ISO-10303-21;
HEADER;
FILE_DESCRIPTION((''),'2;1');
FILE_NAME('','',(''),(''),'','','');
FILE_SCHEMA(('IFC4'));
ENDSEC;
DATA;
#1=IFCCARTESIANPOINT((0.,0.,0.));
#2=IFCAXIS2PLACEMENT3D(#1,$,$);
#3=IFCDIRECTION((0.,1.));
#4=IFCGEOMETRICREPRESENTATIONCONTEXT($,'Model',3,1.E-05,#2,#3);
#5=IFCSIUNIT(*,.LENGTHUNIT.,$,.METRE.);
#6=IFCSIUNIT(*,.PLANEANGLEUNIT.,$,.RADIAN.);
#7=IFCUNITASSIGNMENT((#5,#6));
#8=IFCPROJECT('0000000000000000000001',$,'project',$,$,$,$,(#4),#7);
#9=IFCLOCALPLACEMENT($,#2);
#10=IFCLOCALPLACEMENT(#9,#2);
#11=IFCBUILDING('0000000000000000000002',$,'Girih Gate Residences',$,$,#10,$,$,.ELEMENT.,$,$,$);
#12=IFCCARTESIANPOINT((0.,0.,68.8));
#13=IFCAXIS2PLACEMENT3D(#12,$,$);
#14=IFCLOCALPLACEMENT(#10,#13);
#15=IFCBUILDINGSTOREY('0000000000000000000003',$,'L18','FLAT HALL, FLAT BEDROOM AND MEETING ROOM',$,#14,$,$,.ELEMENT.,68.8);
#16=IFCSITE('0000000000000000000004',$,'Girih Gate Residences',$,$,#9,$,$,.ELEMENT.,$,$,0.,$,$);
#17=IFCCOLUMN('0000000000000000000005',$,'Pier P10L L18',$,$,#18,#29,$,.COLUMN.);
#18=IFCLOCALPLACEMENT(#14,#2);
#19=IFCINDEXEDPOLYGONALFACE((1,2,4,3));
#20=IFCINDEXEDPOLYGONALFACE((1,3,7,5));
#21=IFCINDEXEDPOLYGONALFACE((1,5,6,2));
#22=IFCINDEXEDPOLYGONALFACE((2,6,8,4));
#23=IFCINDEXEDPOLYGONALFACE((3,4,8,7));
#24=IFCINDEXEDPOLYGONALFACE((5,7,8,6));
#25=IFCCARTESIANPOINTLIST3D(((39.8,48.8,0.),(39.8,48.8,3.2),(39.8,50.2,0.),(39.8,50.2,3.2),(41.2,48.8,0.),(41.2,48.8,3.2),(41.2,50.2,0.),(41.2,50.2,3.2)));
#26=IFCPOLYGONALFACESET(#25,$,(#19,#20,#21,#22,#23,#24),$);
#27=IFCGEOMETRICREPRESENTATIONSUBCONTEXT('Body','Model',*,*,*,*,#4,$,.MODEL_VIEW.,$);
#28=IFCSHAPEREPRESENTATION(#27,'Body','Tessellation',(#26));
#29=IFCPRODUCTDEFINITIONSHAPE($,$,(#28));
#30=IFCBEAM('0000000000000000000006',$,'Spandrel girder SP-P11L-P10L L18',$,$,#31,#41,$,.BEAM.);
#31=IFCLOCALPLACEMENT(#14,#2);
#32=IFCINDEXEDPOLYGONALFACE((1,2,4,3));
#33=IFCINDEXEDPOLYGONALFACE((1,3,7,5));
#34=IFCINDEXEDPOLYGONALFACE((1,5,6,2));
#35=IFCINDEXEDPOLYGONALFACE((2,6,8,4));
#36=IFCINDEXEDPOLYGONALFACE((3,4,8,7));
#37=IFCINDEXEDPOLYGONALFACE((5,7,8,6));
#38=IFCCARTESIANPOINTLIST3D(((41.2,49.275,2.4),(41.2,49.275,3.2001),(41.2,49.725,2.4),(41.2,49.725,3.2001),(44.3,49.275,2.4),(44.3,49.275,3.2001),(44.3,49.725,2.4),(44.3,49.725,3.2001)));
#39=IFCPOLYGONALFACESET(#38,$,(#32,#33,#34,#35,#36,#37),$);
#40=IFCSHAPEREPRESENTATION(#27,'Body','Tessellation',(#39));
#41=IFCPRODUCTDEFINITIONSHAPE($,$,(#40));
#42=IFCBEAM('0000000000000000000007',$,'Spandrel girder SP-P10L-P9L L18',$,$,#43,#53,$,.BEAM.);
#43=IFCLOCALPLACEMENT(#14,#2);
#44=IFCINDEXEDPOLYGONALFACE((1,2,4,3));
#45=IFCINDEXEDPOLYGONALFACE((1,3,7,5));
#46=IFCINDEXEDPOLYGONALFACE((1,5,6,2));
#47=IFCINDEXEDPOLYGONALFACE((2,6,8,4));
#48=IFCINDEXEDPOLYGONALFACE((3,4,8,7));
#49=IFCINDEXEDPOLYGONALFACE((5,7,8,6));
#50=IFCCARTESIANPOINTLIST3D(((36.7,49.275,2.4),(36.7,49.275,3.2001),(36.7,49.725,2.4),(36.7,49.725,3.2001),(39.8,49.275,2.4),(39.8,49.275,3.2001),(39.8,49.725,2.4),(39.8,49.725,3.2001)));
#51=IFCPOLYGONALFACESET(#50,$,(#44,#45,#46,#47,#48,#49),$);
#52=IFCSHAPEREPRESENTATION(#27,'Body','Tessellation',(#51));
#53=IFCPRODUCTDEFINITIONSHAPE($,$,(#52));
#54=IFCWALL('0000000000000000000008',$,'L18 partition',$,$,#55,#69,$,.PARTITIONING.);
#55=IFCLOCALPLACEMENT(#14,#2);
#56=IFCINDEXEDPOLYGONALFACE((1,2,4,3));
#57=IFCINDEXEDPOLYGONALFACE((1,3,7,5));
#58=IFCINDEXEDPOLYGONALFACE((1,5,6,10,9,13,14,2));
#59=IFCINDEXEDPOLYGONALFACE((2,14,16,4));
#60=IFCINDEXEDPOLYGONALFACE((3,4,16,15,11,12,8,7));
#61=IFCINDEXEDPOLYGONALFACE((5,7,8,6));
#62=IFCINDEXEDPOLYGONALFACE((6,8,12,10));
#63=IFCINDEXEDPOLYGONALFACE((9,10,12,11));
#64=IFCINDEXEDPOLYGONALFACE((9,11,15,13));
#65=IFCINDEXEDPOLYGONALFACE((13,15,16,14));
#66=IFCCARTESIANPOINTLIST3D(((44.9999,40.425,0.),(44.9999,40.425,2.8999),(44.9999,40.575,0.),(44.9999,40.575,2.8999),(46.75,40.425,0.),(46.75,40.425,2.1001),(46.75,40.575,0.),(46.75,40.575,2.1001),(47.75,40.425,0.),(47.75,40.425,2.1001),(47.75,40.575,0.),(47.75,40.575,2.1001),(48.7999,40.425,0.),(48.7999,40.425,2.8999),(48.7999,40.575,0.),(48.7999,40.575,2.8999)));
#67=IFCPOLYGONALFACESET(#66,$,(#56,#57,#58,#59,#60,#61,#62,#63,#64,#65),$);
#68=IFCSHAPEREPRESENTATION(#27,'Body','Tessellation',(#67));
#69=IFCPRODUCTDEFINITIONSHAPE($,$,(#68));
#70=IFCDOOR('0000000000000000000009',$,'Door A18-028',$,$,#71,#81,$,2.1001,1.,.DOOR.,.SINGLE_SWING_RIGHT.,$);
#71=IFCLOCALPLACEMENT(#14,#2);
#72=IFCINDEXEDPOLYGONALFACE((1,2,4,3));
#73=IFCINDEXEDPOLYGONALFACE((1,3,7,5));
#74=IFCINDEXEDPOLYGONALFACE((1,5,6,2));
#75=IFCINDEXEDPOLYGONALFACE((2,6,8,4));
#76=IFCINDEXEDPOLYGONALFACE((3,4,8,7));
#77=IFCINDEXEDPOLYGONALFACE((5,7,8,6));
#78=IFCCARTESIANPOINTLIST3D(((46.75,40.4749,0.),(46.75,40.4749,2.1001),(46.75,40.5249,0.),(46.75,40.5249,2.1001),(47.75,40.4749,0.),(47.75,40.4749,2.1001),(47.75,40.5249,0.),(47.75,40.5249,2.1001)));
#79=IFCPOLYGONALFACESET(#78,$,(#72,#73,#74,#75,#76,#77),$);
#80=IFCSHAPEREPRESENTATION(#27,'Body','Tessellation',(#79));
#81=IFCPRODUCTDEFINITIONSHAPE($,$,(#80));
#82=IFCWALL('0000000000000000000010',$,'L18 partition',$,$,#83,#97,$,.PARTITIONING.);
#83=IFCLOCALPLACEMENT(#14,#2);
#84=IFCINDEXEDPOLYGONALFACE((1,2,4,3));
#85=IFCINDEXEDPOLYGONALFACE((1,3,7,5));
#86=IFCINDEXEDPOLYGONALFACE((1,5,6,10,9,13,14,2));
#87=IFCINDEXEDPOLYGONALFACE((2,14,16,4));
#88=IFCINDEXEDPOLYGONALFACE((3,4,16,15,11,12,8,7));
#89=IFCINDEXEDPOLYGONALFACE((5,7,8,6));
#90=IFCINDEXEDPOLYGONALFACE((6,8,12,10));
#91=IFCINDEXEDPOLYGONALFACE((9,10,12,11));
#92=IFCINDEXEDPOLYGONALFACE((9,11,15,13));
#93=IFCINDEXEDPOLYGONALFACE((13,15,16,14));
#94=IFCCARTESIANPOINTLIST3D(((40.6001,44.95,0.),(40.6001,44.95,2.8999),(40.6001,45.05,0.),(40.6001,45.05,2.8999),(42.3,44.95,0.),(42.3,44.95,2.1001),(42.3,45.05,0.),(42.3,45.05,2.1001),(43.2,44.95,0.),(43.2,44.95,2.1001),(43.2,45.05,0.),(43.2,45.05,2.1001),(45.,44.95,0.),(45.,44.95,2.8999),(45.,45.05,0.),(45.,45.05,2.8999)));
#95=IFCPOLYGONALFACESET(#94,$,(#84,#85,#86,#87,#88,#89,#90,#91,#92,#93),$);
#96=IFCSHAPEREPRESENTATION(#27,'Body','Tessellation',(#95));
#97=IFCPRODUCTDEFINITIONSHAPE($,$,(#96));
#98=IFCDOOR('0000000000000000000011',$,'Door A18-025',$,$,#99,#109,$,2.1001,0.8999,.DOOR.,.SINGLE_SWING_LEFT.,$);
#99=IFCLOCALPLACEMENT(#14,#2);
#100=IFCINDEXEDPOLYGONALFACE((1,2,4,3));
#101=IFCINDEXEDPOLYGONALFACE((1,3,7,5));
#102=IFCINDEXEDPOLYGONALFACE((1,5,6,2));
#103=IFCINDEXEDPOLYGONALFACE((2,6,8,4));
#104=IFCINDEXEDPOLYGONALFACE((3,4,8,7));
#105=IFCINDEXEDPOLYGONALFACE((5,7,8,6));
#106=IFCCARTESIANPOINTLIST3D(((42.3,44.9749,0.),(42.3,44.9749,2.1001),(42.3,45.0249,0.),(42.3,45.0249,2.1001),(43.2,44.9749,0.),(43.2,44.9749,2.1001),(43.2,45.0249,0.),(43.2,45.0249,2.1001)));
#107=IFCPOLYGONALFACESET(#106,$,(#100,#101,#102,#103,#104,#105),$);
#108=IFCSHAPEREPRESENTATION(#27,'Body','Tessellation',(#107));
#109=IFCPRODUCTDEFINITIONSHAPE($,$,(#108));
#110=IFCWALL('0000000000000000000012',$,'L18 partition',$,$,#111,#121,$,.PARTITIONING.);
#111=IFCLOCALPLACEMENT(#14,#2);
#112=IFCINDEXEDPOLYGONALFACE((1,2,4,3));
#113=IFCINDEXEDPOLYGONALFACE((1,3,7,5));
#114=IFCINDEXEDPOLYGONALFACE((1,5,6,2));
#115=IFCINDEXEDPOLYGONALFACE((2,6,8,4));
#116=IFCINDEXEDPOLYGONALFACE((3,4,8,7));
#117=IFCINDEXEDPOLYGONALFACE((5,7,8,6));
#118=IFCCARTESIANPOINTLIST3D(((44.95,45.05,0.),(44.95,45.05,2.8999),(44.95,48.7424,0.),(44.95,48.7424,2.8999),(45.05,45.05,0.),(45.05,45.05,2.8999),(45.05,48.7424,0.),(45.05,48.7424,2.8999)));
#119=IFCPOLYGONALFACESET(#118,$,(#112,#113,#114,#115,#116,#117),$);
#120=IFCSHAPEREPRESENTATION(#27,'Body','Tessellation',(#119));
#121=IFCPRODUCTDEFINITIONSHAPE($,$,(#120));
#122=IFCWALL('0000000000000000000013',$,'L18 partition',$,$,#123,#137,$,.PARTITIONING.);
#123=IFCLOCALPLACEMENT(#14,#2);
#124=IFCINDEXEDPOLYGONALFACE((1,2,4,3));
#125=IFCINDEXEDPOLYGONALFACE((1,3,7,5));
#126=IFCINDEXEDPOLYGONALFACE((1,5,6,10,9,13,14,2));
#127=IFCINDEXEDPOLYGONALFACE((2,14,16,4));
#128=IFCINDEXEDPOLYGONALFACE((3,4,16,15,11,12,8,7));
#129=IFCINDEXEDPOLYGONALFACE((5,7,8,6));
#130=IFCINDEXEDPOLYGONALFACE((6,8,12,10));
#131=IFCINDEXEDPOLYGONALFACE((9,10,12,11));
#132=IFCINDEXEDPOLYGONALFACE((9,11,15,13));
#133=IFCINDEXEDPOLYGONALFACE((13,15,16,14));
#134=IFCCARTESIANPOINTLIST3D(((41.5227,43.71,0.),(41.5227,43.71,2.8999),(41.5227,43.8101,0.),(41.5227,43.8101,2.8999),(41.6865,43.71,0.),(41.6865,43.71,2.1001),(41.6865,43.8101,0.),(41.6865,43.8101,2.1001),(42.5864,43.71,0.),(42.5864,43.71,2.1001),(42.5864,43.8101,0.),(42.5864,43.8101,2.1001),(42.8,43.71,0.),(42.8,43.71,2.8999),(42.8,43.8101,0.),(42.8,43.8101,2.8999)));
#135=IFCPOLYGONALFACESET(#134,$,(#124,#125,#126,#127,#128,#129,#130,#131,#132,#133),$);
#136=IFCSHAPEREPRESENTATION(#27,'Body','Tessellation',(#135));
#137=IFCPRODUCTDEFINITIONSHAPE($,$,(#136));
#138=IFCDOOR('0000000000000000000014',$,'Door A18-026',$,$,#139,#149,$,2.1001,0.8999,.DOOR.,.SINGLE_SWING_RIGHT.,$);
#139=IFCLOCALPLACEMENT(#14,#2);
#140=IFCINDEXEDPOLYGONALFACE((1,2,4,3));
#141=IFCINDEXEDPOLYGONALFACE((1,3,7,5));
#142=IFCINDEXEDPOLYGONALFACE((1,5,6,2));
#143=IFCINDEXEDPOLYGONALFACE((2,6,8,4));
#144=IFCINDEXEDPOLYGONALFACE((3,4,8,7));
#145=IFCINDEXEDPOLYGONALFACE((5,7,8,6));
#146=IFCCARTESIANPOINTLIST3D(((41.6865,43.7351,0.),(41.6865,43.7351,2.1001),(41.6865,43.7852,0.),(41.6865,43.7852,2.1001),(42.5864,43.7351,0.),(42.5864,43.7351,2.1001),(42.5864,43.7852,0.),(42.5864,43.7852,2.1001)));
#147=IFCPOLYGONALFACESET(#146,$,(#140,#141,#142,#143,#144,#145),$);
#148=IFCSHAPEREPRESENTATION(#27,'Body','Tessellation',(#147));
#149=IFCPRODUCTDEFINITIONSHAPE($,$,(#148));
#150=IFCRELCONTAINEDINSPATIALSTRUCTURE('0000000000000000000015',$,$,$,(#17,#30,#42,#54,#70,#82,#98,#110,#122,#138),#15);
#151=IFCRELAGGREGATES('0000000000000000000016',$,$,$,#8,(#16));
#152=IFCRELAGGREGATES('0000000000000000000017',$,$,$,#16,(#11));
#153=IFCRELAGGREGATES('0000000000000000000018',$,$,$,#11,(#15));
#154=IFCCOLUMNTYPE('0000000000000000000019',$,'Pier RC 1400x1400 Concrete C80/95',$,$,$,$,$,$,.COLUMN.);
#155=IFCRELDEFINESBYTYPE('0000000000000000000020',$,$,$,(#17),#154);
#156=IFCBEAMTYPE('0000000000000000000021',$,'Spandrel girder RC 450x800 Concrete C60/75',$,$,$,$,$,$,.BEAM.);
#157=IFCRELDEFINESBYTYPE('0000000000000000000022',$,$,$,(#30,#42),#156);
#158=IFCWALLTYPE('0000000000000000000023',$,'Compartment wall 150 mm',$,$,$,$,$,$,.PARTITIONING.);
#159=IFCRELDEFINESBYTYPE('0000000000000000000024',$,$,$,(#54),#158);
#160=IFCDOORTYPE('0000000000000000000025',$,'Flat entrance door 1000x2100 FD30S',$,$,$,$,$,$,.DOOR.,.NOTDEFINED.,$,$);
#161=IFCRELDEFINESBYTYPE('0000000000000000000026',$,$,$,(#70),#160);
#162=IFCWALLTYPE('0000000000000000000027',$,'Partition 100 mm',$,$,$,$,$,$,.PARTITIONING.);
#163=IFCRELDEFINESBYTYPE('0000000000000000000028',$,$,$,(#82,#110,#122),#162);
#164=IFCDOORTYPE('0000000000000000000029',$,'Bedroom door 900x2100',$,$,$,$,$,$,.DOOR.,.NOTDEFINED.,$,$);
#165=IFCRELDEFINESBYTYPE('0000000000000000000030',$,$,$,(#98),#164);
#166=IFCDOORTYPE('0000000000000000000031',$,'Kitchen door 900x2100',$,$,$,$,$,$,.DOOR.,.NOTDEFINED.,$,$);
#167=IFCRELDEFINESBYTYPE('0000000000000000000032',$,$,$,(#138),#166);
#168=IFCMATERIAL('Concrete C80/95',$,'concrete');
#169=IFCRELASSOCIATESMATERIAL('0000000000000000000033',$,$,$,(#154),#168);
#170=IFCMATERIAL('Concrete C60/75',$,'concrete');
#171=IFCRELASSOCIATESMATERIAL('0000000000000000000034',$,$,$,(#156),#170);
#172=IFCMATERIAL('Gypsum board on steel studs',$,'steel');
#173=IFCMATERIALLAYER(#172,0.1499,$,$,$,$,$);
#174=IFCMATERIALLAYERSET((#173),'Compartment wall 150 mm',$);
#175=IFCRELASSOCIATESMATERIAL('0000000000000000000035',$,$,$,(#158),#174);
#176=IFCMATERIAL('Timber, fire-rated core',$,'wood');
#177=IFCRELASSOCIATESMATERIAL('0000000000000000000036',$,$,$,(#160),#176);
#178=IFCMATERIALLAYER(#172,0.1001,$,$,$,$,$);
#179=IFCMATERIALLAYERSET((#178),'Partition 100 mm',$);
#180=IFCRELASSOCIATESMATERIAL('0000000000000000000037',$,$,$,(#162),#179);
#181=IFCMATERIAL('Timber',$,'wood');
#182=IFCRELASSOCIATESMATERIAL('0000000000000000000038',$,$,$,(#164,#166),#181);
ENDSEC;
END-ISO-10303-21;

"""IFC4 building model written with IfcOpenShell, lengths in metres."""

from ifc_helpers import new_model, si_unit, direction, frame, frame_2d, origin, origin_2d, place, context, subcontext, project, spatial, rectangle, extrude, material, layer, layer_set, material_profile, profile_set, type_object, element, fill, save


model = new_model("IFC4")

# Units and contexts
model_context = context("Model", 3, precision=1e-05, world=origin(), true_north=direction((0.0, 1.0)))
body_context = subcontext(model_context, "Body", "Model", "MODEL_VIEW")
ifc_project = project(units=[si_unit("LENGTHUNIT", "METRE"), si_unit("PLANEANGLEUNIT", "RADIAN")], contexts=[model_context])

# Site, building, storey
site_placement = place(None, origin())
site = spatial("IfcSite", under=ifc_project, at=site_placement, Name="Girih Gate Residences", CompositionType="ELEMENT", RefElevation=0.0)
building_placement = place(site_placement, origin())
building = spatial("IfcBuilding", under=site, at=building_placement, Name="Girih Gate Residences", CompositionType="ELEMENT")
storey_placement = place(building_placement, frame((0.0, 0.0, 68.8)))
storey = spatial("IfcBuildingStorey", under=building, at=storey_placement, Name="L18", Description="FLAT HALL, FLAT BEDROOM AND MEETING ROOM", CompositionType="ELEMENT", Elevation=68.8)

# Column
ifc_material_1 = material(Name="Concrete C80/95", Category="concrete")
ifc_material_profile_1 = material_profile(ifc_material_1, rectangle(XDim=1.3999, YDim=1.3999, at=origin_2d()))
ifc_profile_set_1 = profile_set([ifc_material_profile_1], Name="Concrete C80/95")
column_type = type_object("IfcColumnType", Name="Pier RC 1400x1400 Concrete C80/95", PredefinedType="COLUMN", material=ifc_profile_set_1)
column_placement = place(storey_placement, frame((40.5, 49.5, 0.0), z_axis=(0.0, 0.0, 1.0), x_axis=(1.0, 0.0, 0.0)))
element("IfcColumn", 1, at=column_placement, inside=storey, type_object=column_type, Name="Pier P10L L18", PredefinedType="COLUMN", context=body_context, shape_type="SweptSolid", body=[
    extrude(rectangle(XDim=1.3999, YDim=1.3999, at=origin_2d()), origin(), (0.0, 0.0, 1.0), 3.2),
])

# Beams
ifc_material_2 = material(Name="Concrete C60/75", Category="concrete")
ifc_material_profile_2 = material_profile(ifc_material_2, rectangle(XDim=0.45, YDim=0.8, at=origin_2d()))
ifc_profile_set_2 = profile_set([ifc_material_profile_2], Name="Concrete C60/75")
beam_type = type_object("IfcBeamType", Name="Spandrel girder RC 450x800 Concrete C60/75", PredefinedType="BEAM", material=ifc_profile_set_2)
for number, where, z_axis, x_axis, name in (
    (2, (44.3, 49.5, 2.8), (-1.0, 0.0, 0.0), (0.0, -1.0, 0.0), "Spandrel girder SP-P11L-P10L L18"),
    (3, (39.8, 49.5, 2.8), (-1.0, 0.0, 0.0), (0.0, -1.0, 0.0), "Spandrel girder SP-P10L-P9L L18"),
):
    element("IfcBeam", number, at=place(storey_placement, frame(where, z_axis=z_axis, x_axis=x_axis)), inside=storey, type_object=beam_type, Name=name, PredefinedType="BEAM", context=body_context, shape_type="SweptSolid", body=[
        extrude(rectangle(XDim=0.45, YDim=0.8, at=origin_2d()), origin(), (0.0, 0.0, 1.0), 3.1001),
    ])

# Walls, openings, doors
ifc_material_3 = material(Name="Gypsum board on steel studs", Category="steel")
ifc_layer_1 = layer(ifc_material_3, 0.1499)
ifc_layer_set_1 = layer_set([ifc_layer_1], Name="Compartment wall 150 mm")
wall_type_1 = type_object("IfcWallType", Name="Compartment wall 150 mm", PredefinedType="PARTITIONING", material=ifc_layer_set_1)
wall_1_placement = place(storey_placement, frame((45.0, 40.5, 0.0), z_axis=(0.0, 0.0, 1.0), x_axis=(1.0, 0.0, 0.0)))
wall_1 = element("IfcWall", 4, at=wall_1_placement, inside=storey, type_object=wall_type_1, Name="L18 partition", PredefinedType="PARTITIONING", context=body_context, shape_type="SweptSolid", body=[
    extrude(rectangle(XDim=3.8, YDim=0.1499, at=frame_2d((1.8999, 0.0))), origin(), (0.0, 0.0, 1.0), 2.8999),
])
opening_1_placement = place(wall_1_placement, frame((1.75, 0.0, 0.0)))
opening_1 = element("IfcOpeningElement", 5, at=opening_1_placement, cuts=wall_1, PredefinedType="OPENING", context=body_context, shape_type="SweptSolid", body=[
    extrude(rectangle(XDim=1.0, YDim=2.1001, at=frame_2d((0.5, 1.05))), frame((0.0, 0.085, 0.0), z_axis=(0.0, -1.0, 0.0), x_axis=(1.0, 0.0, 0.0)), (0.0, 0.0, 1.0), 0.1699),
])
ifc_material_4 = material(Name="Timber, fire-rated core", Category="wood")
door_type_1 = type_object("IfcDoorType", Name="Flat entrance door 1000x2100 FD30S", OperationType="NOTDEFINED", PredefinedType="DOOR", material=ifc_material_4)
door_1_placement = place(opening_1_placement, origin())
door_1 = element("IfcDoor", 6, at=door_1_placement, inside=storey, type_object=door_type_1, Name="Door A18-028", OperationType="SINGLE_SWING_RIGHT", OverallHeight=2.1001, OverallWidth=1.0, PredefinedType="DOOR", context=body_context, shape_type="SweptSolid", body=[
    extrude(rectangle(XDim=1.0, YDim=2.1001, at=frame_2d((0.5, 1.05))), frame((0.0, 0.0249, 0.0), z_axis=(0.0, -1.0, 0.0), x_axis=(1.0, 0.0, 0.0)), (0.0, 0.0, 1.0), 0.05),
])
fill(opening_1, door_1)
ifc_layer_2 = layer(ifc_material_3, 0.1001)
ifc_layer_set_2 = layer_set([ifc_layer_2], Name="Partition 100 mm")
wall_type_2 = type_object("IfcWallType", Name="Partition 100 mm", PredefinedType="PARTITIONING", material=ifc_layer_set_2)
wall_2_placement = place(storey_placement, frame((40.6001, 45.0, 0.0), z_axis=(0.0, 0.0, 1.0), x_axis=(1.0, 0.0, 0.0)))
wall_2 = element("IfcWall", 7, at=wall_2_placement, inside=storey, type_object=wall_type_2, Name="L18 partition", PredefinedType="PARTITIONING", context=body_context, shape_type="SweptSolid", body=[
    extrude(rectangle(XDim=4.3999, YDim=0.1001, at=frame_2d((2.2, 0.0))), origin(), (0.0, 0.0, 1.0), 2.8999),
])
opening_2_placement = place(wall_2_placement, frame((1.7, 0.0, 0.0)))
opening_2 = element("IfcOpeningElement", 8, at=opening_2_placement, cuts=wall_2, PredefinedType="OPENING", context=body_context, shape_type="SweptSolid", body=[
    extrude(rectangle(XDim=0.8999, YDim=2.1001, at=frame_2d((0.45, 1.05))), frame((0.0, 0.0601, 0.0), z_axis=(0.0, -1.0, 0.0), x_axis=(1.0, 0.0, 0.0)), (0.0, 0.0, 1.0), 0.1201),
])
ifc_material_5 = material(Name="Timber", Category="wood")
door_type_2 = type_object("IfcDoorType", Name="Bedroom door 900x2100", OperationType="NOTDEFINED", PredefinedType="DOOR", material=ifc_material_5)
door_2_placement = place(opening_2_placement, origin())
door_2 = element("IfcDoor", 9, at=door_2_placement, inside=storey, type_object=door_type_2, Name="Door A18-025", OperationType="SINGLE_SWING_LEFT", OverallHeight=2.1001, OverallWidth=0.8999, PredefinedType="DOOR", context=body_context, shape_type="SweptSolid", body=[
    extrude(rectangle(XDim=0.8999, YDim=2.1001, at=frame_2d((0.45, 1.05))), frame((0.0, 0.0249, 0.0), z_axis=(0.0, -1.0, 0.0), x_axis=(1.0, 0.0, 0.0)), (0.0, 0.0, 1.0), 0.05),
])
fill(opening_2, door_2)

# Wall
wall_3_placement = place(storey_placement, frame((45.0, 45.05, 0.0), z_axis=(0.0, 0.0, 1.0), x_axis=(0.0, 1.0, 0.0)))
element("IfcWall", 10, at=wall_3_placement, inside=storey, type_object=wall_type_2, Name="L18 partition", PredefinedType="PARTITIONING", context=body_context, shape_type="SweptSolid", body=[
    extrude(rectangle(XDim=3.6924, YDim=0.1001, at=frame_2d((1.8462, 0.0))), origin(), (0.0, 0.0, 1.0), 2.8999),
])

# Wall, opening, door
wall_4_placement = place(storey_placement, frame((42.8, 43.76, 0.0), z_axis=(0.0, 0.0, 1.0), x_axis=(-1.0, 0.0, 0.0)))
wall_4 = element("IfcWall", 11, at=wall_4_placement, inside=storey, type_object=wall_type_2, Name="L18 partition", PredefinedType="PARTITIONING", context=body_context, shape_type="SweptSolid", body=[
    extrude(rectangle(XDim=1.2773, YDim=0.1001, at=frame_2d((0.6387, 0.0))), origin(), (0.0, 0.0, 1.0), 2.8999),
])
opening_3_placement = place(wall_4_placement, frame((0.2136, 0.0, 0.0)))
opening_3 = element("IfcOpeningElement", 12, at=opening_3_placement, cuts=wall_4, PredefinedType="OPENING", context=body_context, shape_type="SweptSolid", body=[
    extrude(rectangle(XDim=0.8999, YDim=2.1001, at=frame_2d((0.45, 1.05))), frame((0.0, 0.0601, 0.0), z_axis=(0.0, -1.0, 0.0), x_axis=(1.0, 0.0, 0.0)), (0.0, 0.0, 1.0), 0.1201),
])
door_type_3 = type_object("IfcDoorType", Name="Kitchen door 900x2100", OperationType="NOTDEFINED", PredefinedType="DOOR", material=ifc_material_5)
door_3_placement = place(opening_3_placement, origin())
door_3 = element("IfcDoor", 13, at=door_3_placement, inside=storey, type_object=door_type_3, Name="Door A18-026", OperationType="SINGLE_SWING_RIGHT", OverallHeight=2.1001, OverallWidth=0.8999, PredefinedType="DOOR", context=body_context, shape_type="SweptSolid", body=[
    extrude(rectangle(XDim=0.8999, YDim=2.1001, at=frame_2d((0.45, 1.05))), frame((0.0, 0.0249, 0.0), z_axis=(0.0, -1.0, 0.0), x_axis=(1.0, 0.0, 0.0)), (0.0, 0.0, 1.0), 0.05),
])
fill(opening_3, door_3)

save(model, "model.ifc")
